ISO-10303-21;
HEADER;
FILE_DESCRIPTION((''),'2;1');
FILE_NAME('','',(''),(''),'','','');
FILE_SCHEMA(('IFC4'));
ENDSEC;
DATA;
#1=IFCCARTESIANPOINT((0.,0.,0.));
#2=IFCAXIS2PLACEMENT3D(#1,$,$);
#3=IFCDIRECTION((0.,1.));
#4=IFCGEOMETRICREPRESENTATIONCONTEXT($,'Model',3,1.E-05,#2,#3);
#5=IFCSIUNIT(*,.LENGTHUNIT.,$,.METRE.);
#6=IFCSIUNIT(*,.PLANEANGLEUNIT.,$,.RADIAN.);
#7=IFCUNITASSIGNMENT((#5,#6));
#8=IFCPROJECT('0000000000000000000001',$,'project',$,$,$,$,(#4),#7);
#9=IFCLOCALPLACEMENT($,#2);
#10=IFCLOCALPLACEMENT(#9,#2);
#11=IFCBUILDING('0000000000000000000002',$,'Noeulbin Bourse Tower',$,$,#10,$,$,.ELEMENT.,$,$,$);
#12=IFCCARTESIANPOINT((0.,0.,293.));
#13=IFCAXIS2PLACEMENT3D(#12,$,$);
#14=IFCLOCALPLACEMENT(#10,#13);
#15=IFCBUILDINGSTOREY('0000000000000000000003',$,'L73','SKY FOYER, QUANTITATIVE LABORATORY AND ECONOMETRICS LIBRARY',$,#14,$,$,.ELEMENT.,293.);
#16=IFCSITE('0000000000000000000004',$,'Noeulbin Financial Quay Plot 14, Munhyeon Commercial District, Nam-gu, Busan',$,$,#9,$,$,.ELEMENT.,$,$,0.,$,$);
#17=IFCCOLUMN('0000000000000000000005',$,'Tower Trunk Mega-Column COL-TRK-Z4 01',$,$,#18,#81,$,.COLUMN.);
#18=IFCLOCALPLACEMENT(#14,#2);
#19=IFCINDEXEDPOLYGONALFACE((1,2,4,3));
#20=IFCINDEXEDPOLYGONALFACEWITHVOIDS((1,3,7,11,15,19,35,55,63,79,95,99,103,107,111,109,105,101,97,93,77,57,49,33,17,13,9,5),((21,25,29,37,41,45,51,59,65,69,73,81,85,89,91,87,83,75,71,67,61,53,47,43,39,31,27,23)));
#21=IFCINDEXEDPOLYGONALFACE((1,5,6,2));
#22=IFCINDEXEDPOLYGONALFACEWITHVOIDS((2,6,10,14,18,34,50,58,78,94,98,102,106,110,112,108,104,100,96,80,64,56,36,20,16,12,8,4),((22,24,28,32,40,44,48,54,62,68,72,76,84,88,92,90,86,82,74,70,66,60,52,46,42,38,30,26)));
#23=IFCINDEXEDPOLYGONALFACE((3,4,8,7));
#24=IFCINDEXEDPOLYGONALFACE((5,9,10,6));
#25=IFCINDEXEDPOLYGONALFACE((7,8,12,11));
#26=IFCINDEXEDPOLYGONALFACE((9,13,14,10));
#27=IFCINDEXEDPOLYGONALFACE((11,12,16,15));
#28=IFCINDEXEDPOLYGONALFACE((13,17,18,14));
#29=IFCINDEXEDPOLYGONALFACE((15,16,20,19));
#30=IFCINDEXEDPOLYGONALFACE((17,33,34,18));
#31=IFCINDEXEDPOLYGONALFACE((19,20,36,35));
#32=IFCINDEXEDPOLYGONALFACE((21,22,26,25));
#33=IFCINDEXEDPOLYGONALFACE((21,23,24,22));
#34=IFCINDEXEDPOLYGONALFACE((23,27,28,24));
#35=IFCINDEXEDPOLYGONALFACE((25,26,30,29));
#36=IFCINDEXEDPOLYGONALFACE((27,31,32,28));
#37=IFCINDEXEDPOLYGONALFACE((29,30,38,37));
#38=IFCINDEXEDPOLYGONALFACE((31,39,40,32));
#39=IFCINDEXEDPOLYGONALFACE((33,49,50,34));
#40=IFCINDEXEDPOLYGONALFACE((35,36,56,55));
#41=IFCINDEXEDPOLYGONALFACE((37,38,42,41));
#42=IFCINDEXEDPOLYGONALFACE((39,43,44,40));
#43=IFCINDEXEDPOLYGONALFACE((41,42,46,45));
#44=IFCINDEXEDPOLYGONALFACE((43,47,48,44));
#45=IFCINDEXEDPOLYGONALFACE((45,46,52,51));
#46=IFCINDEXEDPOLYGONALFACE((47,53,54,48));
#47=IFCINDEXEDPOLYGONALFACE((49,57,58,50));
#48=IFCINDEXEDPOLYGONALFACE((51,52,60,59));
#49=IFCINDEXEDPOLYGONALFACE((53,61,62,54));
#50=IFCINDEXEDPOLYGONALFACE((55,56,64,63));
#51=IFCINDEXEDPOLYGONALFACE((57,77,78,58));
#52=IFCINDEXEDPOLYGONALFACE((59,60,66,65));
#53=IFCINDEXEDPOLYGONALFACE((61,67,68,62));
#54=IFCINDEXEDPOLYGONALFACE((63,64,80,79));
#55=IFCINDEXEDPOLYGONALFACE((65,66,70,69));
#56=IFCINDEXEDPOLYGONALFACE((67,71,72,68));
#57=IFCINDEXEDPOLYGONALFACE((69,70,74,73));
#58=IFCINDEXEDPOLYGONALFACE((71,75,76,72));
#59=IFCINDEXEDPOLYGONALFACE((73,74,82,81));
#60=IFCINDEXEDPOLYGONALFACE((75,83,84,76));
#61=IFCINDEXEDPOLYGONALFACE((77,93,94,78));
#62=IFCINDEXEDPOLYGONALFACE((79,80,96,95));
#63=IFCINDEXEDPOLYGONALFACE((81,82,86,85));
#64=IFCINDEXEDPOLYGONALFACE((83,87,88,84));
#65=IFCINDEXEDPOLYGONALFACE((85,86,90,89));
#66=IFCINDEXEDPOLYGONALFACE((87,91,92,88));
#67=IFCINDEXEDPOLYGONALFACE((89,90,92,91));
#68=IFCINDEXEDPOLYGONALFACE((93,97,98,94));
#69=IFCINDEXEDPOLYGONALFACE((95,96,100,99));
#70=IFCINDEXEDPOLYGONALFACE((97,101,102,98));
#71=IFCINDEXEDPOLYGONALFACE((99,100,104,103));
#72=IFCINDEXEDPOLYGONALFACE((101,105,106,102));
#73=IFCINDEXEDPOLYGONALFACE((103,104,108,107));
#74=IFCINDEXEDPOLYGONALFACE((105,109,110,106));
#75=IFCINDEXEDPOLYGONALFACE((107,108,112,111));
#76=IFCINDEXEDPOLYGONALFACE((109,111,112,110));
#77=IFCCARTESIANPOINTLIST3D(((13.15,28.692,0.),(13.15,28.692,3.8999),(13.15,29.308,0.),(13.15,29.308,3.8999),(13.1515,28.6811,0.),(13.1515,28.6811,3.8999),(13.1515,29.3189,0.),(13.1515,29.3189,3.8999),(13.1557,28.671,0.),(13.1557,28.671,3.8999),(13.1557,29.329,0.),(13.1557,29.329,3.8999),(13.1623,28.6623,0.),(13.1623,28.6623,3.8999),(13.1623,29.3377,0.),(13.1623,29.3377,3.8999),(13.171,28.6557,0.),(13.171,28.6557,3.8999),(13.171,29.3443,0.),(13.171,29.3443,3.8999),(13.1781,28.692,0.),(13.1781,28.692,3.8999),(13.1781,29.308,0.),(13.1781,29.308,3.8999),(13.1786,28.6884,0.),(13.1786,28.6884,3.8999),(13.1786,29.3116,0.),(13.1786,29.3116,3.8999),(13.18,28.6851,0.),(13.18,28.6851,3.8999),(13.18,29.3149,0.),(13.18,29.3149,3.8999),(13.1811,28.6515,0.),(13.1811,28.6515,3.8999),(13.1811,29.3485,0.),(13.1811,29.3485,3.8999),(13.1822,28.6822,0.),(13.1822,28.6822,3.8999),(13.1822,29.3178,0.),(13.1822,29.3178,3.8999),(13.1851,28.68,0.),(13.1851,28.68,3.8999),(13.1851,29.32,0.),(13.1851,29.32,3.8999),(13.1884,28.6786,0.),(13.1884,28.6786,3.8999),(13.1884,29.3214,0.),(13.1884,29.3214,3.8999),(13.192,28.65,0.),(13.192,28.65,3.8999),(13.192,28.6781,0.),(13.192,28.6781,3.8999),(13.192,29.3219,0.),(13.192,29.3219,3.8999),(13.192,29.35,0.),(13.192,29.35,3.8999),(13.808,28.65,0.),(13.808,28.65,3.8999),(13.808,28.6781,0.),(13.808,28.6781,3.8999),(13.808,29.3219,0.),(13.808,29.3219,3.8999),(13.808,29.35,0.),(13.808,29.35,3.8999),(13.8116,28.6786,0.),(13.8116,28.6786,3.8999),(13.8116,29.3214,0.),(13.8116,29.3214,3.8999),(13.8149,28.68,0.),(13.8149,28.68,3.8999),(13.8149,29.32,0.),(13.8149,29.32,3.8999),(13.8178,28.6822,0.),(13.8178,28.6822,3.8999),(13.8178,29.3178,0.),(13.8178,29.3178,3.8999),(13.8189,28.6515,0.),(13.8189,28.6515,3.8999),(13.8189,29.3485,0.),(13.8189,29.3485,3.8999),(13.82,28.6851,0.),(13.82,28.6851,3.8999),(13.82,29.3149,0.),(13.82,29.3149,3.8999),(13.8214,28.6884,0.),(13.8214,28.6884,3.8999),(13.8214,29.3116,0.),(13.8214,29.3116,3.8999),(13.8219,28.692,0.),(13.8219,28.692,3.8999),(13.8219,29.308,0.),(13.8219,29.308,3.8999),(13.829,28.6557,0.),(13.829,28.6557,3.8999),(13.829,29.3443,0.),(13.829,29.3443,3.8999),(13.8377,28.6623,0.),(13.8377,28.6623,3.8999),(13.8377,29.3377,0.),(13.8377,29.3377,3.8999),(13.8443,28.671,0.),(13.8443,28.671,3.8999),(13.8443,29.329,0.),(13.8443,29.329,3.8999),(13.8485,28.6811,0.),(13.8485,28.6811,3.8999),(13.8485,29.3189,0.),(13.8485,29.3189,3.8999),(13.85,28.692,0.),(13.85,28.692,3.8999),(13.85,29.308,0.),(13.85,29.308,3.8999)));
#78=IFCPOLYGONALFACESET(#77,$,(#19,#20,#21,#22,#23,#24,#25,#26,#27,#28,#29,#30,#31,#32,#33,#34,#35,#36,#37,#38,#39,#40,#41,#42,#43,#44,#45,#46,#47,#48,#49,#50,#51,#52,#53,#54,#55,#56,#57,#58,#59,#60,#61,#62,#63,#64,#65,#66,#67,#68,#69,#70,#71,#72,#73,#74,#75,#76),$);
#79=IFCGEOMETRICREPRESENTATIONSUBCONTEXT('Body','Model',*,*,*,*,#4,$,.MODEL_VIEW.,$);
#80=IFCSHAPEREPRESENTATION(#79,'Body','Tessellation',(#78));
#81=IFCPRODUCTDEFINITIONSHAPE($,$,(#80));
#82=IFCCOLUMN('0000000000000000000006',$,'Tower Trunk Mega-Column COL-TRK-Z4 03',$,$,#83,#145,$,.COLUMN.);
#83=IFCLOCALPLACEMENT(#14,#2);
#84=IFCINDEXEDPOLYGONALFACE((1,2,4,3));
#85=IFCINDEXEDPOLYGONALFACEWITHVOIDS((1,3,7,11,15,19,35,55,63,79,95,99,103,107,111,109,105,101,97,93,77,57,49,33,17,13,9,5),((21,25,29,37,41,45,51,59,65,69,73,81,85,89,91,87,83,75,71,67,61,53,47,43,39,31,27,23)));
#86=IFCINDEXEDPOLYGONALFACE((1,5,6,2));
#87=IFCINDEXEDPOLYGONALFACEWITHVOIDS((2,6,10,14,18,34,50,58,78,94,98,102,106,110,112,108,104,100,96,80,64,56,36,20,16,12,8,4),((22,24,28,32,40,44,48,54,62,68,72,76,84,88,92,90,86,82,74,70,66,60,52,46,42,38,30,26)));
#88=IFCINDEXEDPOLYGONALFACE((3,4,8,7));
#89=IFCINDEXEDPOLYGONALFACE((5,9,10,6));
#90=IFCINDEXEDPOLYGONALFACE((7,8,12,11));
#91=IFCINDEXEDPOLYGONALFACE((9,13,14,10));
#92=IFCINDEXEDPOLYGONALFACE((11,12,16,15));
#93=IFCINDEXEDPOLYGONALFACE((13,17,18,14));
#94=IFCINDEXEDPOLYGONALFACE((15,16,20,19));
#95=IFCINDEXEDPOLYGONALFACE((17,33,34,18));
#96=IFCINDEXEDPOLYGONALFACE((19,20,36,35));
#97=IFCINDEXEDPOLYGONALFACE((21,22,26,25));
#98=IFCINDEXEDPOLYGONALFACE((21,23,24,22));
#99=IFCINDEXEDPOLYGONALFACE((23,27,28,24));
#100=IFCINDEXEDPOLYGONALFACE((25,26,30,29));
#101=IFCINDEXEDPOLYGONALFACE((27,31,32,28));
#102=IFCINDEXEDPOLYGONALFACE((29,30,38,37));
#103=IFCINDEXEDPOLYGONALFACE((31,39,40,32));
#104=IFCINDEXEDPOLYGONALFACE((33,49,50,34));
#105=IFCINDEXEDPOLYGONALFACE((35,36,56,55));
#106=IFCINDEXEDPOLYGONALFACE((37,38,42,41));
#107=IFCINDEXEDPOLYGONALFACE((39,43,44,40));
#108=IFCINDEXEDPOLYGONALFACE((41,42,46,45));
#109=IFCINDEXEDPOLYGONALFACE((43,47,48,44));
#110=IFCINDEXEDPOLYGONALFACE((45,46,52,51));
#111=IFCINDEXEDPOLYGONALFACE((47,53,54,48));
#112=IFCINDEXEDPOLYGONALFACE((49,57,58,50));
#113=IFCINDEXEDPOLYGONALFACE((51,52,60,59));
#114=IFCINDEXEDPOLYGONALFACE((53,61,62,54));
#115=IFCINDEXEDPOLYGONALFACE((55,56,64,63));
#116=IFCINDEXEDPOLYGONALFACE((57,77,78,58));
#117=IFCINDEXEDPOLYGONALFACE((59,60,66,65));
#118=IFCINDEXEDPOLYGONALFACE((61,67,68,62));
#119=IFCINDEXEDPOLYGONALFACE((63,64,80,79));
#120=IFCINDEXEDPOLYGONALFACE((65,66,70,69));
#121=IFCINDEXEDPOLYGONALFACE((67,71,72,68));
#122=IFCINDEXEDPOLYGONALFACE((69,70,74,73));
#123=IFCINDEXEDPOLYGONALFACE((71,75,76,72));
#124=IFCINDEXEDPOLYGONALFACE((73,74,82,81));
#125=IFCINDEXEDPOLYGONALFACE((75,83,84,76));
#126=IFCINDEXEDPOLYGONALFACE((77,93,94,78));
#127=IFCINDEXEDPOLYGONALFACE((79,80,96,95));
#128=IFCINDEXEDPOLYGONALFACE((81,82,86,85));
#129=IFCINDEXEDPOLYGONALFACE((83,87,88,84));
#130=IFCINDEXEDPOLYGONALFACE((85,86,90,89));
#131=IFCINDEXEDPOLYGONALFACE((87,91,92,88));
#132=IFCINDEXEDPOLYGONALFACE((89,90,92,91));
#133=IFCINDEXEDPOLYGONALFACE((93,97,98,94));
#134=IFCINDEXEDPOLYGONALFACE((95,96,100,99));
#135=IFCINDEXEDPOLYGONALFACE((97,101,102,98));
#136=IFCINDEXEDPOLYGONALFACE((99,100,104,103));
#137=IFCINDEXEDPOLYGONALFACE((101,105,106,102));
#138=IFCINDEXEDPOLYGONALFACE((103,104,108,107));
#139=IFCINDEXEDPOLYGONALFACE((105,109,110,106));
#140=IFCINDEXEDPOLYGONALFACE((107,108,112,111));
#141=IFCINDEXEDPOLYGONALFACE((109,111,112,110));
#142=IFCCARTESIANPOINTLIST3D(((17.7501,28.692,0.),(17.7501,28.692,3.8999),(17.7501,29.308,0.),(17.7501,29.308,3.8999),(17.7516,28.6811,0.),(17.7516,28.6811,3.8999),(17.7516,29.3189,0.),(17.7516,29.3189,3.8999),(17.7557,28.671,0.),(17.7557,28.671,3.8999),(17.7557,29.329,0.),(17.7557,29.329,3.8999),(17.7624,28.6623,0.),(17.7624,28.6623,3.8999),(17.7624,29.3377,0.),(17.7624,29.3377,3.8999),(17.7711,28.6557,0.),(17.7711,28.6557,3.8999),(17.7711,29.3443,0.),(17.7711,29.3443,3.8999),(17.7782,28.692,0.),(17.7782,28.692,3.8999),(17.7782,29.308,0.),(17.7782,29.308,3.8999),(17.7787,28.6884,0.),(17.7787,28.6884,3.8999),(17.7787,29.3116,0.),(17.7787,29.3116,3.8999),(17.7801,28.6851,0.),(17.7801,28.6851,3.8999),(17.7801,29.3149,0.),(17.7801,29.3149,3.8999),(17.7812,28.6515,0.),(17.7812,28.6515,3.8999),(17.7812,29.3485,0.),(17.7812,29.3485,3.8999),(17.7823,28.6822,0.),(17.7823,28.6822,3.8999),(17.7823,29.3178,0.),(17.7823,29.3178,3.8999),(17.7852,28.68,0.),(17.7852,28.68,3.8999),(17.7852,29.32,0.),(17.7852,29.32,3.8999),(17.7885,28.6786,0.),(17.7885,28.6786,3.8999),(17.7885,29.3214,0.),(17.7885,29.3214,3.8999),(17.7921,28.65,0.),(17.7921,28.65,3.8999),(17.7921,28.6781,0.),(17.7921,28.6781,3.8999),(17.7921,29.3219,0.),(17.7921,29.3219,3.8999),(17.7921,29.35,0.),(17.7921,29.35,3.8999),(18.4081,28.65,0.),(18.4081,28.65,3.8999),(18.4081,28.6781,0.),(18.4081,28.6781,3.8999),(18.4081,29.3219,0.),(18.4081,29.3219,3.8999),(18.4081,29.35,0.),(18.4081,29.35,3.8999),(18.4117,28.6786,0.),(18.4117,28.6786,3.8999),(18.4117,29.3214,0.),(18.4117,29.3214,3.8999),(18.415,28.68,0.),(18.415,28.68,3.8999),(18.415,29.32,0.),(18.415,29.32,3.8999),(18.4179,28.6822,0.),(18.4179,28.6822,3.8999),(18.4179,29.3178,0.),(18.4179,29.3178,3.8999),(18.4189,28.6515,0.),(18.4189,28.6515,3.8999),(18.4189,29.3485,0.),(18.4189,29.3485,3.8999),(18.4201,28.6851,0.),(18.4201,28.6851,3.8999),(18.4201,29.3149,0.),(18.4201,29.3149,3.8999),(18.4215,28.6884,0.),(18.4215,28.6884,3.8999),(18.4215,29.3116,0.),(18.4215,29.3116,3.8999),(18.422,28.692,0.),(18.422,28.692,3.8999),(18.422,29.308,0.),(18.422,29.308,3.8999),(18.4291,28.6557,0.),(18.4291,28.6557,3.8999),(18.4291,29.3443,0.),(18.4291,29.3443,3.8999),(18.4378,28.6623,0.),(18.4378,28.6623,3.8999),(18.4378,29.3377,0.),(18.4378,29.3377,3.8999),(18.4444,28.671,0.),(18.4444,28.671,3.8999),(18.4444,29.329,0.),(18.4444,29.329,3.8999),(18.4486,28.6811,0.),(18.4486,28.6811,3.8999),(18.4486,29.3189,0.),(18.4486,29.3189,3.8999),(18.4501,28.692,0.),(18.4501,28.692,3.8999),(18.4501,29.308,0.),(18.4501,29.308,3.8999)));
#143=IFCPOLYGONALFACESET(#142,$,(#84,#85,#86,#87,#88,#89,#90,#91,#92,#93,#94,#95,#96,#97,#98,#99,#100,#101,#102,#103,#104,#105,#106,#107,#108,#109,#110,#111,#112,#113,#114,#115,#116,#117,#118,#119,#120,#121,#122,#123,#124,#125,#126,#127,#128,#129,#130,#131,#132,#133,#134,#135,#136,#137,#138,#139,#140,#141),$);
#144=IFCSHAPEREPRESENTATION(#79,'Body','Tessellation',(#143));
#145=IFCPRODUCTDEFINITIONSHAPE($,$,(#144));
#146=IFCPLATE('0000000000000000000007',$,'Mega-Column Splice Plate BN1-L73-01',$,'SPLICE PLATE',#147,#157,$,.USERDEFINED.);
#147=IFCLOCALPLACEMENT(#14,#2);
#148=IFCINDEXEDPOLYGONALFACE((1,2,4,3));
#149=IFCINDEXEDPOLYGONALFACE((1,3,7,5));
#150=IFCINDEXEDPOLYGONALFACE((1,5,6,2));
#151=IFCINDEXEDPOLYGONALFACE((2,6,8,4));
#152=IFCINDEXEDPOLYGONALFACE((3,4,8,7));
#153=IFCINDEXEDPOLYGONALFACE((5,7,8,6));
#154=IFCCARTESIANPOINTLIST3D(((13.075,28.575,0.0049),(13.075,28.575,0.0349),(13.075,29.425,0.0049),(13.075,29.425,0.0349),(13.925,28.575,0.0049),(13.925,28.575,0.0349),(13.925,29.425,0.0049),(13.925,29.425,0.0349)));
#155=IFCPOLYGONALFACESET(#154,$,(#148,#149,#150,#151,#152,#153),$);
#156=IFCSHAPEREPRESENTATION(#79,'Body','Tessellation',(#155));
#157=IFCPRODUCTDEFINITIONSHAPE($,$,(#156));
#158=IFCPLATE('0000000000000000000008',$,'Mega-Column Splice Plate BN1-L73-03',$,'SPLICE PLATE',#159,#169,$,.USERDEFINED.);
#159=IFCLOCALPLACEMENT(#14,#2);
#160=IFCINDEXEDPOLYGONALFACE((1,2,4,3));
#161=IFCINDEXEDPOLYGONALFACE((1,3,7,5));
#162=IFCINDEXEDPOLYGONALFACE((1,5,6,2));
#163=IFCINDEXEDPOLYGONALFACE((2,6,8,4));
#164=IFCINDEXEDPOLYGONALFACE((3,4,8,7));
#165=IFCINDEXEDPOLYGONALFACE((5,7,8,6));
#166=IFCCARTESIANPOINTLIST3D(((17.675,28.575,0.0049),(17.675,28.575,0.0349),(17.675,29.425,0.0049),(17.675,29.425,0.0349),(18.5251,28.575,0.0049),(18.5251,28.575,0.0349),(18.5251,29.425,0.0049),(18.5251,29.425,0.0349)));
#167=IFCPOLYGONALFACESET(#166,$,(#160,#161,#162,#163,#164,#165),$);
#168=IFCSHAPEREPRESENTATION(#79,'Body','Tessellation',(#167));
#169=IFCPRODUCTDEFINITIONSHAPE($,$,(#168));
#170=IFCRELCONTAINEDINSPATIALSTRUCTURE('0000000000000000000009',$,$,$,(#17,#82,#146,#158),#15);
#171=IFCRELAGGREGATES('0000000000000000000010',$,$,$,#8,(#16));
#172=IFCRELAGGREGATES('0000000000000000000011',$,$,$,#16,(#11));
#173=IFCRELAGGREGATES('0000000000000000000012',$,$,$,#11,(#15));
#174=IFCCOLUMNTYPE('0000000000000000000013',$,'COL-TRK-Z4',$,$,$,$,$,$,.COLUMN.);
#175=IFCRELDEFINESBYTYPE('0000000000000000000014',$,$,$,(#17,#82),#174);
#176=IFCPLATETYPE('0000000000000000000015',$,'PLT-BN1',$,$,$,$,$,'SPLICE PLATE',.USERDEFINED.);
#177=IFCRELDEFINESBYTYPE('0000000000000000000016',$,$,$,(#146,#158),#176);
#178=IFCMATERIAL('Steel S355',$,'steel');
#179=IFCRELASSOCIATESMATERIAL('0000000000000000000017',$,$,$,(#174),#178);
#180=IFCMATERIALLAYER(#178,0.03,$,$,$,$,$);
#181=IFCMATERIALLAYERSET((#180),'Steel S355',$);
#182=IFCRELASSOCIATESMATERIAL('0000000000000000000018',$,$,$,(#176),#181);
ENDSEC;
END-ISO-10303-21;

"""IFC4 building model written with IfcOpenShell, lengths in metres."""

from ifc_helpers import new_model, si_unit, direction, frame, origin, origin_2d, place, context, subcontext, project, spatial, rectangle, hollow_rectangle, extrude, material, layer, layer_set, material_profile, profile_set, type_object, element, save


model = new_model("IFC4")

# Units and contexts
model_context = context("Model", 3, precision=1e-05, world=origin(), true_north=direction((0.0, 1.0)))
body_context = subcontext(model_context, "Body", "Model", "MODEL_VIEW")
ifc_project = project(units=[si_unit("LENGTHUNIT", "METRE"), si_unit("PLANEANGLEUNIT", "RADIAN")], contexts=[model_context])

# Site, building, storey
site_placement = place(None, origin())
site = spatial("IfcSite", under=ifc_project, at=site_placement, Name="Noeulbin Financial Quay Plot 14, Munhyeon Commercial District, Nam-gu, Busan", CompositionType="ELEMENT", RefElevation=0.0)
building_placement = place(site_placement, origin())
building = spatial("IfcBuilding", under=site, at=building_placement, Name="Noeulbin Bourse Tower", CompositionType="ELEMENT")
storey_placement = place(building_placement, frame((0.0, 0.0, 293.0)))
storey = spatial("IfcBuildingStorey", under=building, at=storey_placement, Name="L73", Description="SKY FOYER, QUANTITATIVE LABORATORY AND ECONOMETRICS LIBRARY", CompositionType="ELEMENT", Elevation=293.0)

# Columns
ifc_material_1 = material(Name="Steel S355", Category="steel")
ifc_material_profile = material_profile(ifc_material_1, hollow_rectangle(XDim=0.7, YDim=0.7, WallThickness=0.0281, InnerFilletRadius=0.0139, OuterFilletRadius=0.042, at=origin_2d()), Name="BOX-700x700x28", Category="LoadBearing")
ifc_profile_set = profile_set([ifc_material_profile], Name="Steel S355")
column_type = type_object("IfcColumnType", Name="COL-TRK-Z4", PredefinedType="COLUMN", material=ifc_profile_set)
for number, where, z_axis, x_axis, name in (
    (1, (13.5, 29.0, 0.0), (0.0, 0.0, 1.0), (1.0, 0.0, 0.0), "Tower Trunk Mega-Column COL-TRK-Z4 01"),
    (2, (18.1001, 29.0, 0.0), (0.0, 0.0, 1.0), (1.0, 0.0, 0.0), "Tower Trunk Mega-Column COL-TRK-Z4 03"),
):
    element("IfcColumn", number, at=place(storey_placement, frame(where, z_axis=z_axis, x_axis=x_axis)), inside=storey, type_object=column_type, Name=name, PredefinedType="COLUMN", context=body_context, shape_type="SweptSolid", body=[
        extrude(hollow_rectangle(XDim=0.7, YDim=0.7, WallThickness=0.0281, InnerFilletRadius=0.0139, OuterFilletRadius=0.042, at=origin_2d()), origin(), (0.0, 0.0, 1.0), 3.8999),
    ])

# Plates
ifc_layer_1 = layer(ifc_material_1, 0.03)
ifc_layer_set_1 = layer_set([ifc_layer_1], Name="Steel S355")
plate_type = type_object("IfcPlateType", Name="PLT-BN1", ElementType="SPLICE PLATE", PredefinedType="USERDEFINED", material=ifc_layer_set_1)
for number, where, z_axis, x_axis, name in (
    (3, (13.5, 29.0, 0.0049), (0.0, 0.0, 1.0), (1.0, 0.0, 0.0), "Mega-Column Splice Plate BN1-L73-01"),
    (4, (18.1001, 29.0, 0.0049), (0.0, 0.0, 1.0), (1.0, 0.0, 0.0), "Mega-Column Splice Plate BN1-L73-03"),
):
    element("IfcPlate", number, at=place(storey_placement, frame(where, z_axis=z_axis, x_axis=x_axis)), inside=storey, type_object=plate_type, Name=name, ObjectType="SPLICE PLATE", PredefinedType="USERDEFINED", context=body_context, shape_type="SweptSolid", body=[
        extrude(rectangle(XDim=0.8501, YDim=0.8501, at=origin_2d()), origin(), (0.0, 0.0, 1.0), 0.03),
    ])

save(model, "model.ifc")
